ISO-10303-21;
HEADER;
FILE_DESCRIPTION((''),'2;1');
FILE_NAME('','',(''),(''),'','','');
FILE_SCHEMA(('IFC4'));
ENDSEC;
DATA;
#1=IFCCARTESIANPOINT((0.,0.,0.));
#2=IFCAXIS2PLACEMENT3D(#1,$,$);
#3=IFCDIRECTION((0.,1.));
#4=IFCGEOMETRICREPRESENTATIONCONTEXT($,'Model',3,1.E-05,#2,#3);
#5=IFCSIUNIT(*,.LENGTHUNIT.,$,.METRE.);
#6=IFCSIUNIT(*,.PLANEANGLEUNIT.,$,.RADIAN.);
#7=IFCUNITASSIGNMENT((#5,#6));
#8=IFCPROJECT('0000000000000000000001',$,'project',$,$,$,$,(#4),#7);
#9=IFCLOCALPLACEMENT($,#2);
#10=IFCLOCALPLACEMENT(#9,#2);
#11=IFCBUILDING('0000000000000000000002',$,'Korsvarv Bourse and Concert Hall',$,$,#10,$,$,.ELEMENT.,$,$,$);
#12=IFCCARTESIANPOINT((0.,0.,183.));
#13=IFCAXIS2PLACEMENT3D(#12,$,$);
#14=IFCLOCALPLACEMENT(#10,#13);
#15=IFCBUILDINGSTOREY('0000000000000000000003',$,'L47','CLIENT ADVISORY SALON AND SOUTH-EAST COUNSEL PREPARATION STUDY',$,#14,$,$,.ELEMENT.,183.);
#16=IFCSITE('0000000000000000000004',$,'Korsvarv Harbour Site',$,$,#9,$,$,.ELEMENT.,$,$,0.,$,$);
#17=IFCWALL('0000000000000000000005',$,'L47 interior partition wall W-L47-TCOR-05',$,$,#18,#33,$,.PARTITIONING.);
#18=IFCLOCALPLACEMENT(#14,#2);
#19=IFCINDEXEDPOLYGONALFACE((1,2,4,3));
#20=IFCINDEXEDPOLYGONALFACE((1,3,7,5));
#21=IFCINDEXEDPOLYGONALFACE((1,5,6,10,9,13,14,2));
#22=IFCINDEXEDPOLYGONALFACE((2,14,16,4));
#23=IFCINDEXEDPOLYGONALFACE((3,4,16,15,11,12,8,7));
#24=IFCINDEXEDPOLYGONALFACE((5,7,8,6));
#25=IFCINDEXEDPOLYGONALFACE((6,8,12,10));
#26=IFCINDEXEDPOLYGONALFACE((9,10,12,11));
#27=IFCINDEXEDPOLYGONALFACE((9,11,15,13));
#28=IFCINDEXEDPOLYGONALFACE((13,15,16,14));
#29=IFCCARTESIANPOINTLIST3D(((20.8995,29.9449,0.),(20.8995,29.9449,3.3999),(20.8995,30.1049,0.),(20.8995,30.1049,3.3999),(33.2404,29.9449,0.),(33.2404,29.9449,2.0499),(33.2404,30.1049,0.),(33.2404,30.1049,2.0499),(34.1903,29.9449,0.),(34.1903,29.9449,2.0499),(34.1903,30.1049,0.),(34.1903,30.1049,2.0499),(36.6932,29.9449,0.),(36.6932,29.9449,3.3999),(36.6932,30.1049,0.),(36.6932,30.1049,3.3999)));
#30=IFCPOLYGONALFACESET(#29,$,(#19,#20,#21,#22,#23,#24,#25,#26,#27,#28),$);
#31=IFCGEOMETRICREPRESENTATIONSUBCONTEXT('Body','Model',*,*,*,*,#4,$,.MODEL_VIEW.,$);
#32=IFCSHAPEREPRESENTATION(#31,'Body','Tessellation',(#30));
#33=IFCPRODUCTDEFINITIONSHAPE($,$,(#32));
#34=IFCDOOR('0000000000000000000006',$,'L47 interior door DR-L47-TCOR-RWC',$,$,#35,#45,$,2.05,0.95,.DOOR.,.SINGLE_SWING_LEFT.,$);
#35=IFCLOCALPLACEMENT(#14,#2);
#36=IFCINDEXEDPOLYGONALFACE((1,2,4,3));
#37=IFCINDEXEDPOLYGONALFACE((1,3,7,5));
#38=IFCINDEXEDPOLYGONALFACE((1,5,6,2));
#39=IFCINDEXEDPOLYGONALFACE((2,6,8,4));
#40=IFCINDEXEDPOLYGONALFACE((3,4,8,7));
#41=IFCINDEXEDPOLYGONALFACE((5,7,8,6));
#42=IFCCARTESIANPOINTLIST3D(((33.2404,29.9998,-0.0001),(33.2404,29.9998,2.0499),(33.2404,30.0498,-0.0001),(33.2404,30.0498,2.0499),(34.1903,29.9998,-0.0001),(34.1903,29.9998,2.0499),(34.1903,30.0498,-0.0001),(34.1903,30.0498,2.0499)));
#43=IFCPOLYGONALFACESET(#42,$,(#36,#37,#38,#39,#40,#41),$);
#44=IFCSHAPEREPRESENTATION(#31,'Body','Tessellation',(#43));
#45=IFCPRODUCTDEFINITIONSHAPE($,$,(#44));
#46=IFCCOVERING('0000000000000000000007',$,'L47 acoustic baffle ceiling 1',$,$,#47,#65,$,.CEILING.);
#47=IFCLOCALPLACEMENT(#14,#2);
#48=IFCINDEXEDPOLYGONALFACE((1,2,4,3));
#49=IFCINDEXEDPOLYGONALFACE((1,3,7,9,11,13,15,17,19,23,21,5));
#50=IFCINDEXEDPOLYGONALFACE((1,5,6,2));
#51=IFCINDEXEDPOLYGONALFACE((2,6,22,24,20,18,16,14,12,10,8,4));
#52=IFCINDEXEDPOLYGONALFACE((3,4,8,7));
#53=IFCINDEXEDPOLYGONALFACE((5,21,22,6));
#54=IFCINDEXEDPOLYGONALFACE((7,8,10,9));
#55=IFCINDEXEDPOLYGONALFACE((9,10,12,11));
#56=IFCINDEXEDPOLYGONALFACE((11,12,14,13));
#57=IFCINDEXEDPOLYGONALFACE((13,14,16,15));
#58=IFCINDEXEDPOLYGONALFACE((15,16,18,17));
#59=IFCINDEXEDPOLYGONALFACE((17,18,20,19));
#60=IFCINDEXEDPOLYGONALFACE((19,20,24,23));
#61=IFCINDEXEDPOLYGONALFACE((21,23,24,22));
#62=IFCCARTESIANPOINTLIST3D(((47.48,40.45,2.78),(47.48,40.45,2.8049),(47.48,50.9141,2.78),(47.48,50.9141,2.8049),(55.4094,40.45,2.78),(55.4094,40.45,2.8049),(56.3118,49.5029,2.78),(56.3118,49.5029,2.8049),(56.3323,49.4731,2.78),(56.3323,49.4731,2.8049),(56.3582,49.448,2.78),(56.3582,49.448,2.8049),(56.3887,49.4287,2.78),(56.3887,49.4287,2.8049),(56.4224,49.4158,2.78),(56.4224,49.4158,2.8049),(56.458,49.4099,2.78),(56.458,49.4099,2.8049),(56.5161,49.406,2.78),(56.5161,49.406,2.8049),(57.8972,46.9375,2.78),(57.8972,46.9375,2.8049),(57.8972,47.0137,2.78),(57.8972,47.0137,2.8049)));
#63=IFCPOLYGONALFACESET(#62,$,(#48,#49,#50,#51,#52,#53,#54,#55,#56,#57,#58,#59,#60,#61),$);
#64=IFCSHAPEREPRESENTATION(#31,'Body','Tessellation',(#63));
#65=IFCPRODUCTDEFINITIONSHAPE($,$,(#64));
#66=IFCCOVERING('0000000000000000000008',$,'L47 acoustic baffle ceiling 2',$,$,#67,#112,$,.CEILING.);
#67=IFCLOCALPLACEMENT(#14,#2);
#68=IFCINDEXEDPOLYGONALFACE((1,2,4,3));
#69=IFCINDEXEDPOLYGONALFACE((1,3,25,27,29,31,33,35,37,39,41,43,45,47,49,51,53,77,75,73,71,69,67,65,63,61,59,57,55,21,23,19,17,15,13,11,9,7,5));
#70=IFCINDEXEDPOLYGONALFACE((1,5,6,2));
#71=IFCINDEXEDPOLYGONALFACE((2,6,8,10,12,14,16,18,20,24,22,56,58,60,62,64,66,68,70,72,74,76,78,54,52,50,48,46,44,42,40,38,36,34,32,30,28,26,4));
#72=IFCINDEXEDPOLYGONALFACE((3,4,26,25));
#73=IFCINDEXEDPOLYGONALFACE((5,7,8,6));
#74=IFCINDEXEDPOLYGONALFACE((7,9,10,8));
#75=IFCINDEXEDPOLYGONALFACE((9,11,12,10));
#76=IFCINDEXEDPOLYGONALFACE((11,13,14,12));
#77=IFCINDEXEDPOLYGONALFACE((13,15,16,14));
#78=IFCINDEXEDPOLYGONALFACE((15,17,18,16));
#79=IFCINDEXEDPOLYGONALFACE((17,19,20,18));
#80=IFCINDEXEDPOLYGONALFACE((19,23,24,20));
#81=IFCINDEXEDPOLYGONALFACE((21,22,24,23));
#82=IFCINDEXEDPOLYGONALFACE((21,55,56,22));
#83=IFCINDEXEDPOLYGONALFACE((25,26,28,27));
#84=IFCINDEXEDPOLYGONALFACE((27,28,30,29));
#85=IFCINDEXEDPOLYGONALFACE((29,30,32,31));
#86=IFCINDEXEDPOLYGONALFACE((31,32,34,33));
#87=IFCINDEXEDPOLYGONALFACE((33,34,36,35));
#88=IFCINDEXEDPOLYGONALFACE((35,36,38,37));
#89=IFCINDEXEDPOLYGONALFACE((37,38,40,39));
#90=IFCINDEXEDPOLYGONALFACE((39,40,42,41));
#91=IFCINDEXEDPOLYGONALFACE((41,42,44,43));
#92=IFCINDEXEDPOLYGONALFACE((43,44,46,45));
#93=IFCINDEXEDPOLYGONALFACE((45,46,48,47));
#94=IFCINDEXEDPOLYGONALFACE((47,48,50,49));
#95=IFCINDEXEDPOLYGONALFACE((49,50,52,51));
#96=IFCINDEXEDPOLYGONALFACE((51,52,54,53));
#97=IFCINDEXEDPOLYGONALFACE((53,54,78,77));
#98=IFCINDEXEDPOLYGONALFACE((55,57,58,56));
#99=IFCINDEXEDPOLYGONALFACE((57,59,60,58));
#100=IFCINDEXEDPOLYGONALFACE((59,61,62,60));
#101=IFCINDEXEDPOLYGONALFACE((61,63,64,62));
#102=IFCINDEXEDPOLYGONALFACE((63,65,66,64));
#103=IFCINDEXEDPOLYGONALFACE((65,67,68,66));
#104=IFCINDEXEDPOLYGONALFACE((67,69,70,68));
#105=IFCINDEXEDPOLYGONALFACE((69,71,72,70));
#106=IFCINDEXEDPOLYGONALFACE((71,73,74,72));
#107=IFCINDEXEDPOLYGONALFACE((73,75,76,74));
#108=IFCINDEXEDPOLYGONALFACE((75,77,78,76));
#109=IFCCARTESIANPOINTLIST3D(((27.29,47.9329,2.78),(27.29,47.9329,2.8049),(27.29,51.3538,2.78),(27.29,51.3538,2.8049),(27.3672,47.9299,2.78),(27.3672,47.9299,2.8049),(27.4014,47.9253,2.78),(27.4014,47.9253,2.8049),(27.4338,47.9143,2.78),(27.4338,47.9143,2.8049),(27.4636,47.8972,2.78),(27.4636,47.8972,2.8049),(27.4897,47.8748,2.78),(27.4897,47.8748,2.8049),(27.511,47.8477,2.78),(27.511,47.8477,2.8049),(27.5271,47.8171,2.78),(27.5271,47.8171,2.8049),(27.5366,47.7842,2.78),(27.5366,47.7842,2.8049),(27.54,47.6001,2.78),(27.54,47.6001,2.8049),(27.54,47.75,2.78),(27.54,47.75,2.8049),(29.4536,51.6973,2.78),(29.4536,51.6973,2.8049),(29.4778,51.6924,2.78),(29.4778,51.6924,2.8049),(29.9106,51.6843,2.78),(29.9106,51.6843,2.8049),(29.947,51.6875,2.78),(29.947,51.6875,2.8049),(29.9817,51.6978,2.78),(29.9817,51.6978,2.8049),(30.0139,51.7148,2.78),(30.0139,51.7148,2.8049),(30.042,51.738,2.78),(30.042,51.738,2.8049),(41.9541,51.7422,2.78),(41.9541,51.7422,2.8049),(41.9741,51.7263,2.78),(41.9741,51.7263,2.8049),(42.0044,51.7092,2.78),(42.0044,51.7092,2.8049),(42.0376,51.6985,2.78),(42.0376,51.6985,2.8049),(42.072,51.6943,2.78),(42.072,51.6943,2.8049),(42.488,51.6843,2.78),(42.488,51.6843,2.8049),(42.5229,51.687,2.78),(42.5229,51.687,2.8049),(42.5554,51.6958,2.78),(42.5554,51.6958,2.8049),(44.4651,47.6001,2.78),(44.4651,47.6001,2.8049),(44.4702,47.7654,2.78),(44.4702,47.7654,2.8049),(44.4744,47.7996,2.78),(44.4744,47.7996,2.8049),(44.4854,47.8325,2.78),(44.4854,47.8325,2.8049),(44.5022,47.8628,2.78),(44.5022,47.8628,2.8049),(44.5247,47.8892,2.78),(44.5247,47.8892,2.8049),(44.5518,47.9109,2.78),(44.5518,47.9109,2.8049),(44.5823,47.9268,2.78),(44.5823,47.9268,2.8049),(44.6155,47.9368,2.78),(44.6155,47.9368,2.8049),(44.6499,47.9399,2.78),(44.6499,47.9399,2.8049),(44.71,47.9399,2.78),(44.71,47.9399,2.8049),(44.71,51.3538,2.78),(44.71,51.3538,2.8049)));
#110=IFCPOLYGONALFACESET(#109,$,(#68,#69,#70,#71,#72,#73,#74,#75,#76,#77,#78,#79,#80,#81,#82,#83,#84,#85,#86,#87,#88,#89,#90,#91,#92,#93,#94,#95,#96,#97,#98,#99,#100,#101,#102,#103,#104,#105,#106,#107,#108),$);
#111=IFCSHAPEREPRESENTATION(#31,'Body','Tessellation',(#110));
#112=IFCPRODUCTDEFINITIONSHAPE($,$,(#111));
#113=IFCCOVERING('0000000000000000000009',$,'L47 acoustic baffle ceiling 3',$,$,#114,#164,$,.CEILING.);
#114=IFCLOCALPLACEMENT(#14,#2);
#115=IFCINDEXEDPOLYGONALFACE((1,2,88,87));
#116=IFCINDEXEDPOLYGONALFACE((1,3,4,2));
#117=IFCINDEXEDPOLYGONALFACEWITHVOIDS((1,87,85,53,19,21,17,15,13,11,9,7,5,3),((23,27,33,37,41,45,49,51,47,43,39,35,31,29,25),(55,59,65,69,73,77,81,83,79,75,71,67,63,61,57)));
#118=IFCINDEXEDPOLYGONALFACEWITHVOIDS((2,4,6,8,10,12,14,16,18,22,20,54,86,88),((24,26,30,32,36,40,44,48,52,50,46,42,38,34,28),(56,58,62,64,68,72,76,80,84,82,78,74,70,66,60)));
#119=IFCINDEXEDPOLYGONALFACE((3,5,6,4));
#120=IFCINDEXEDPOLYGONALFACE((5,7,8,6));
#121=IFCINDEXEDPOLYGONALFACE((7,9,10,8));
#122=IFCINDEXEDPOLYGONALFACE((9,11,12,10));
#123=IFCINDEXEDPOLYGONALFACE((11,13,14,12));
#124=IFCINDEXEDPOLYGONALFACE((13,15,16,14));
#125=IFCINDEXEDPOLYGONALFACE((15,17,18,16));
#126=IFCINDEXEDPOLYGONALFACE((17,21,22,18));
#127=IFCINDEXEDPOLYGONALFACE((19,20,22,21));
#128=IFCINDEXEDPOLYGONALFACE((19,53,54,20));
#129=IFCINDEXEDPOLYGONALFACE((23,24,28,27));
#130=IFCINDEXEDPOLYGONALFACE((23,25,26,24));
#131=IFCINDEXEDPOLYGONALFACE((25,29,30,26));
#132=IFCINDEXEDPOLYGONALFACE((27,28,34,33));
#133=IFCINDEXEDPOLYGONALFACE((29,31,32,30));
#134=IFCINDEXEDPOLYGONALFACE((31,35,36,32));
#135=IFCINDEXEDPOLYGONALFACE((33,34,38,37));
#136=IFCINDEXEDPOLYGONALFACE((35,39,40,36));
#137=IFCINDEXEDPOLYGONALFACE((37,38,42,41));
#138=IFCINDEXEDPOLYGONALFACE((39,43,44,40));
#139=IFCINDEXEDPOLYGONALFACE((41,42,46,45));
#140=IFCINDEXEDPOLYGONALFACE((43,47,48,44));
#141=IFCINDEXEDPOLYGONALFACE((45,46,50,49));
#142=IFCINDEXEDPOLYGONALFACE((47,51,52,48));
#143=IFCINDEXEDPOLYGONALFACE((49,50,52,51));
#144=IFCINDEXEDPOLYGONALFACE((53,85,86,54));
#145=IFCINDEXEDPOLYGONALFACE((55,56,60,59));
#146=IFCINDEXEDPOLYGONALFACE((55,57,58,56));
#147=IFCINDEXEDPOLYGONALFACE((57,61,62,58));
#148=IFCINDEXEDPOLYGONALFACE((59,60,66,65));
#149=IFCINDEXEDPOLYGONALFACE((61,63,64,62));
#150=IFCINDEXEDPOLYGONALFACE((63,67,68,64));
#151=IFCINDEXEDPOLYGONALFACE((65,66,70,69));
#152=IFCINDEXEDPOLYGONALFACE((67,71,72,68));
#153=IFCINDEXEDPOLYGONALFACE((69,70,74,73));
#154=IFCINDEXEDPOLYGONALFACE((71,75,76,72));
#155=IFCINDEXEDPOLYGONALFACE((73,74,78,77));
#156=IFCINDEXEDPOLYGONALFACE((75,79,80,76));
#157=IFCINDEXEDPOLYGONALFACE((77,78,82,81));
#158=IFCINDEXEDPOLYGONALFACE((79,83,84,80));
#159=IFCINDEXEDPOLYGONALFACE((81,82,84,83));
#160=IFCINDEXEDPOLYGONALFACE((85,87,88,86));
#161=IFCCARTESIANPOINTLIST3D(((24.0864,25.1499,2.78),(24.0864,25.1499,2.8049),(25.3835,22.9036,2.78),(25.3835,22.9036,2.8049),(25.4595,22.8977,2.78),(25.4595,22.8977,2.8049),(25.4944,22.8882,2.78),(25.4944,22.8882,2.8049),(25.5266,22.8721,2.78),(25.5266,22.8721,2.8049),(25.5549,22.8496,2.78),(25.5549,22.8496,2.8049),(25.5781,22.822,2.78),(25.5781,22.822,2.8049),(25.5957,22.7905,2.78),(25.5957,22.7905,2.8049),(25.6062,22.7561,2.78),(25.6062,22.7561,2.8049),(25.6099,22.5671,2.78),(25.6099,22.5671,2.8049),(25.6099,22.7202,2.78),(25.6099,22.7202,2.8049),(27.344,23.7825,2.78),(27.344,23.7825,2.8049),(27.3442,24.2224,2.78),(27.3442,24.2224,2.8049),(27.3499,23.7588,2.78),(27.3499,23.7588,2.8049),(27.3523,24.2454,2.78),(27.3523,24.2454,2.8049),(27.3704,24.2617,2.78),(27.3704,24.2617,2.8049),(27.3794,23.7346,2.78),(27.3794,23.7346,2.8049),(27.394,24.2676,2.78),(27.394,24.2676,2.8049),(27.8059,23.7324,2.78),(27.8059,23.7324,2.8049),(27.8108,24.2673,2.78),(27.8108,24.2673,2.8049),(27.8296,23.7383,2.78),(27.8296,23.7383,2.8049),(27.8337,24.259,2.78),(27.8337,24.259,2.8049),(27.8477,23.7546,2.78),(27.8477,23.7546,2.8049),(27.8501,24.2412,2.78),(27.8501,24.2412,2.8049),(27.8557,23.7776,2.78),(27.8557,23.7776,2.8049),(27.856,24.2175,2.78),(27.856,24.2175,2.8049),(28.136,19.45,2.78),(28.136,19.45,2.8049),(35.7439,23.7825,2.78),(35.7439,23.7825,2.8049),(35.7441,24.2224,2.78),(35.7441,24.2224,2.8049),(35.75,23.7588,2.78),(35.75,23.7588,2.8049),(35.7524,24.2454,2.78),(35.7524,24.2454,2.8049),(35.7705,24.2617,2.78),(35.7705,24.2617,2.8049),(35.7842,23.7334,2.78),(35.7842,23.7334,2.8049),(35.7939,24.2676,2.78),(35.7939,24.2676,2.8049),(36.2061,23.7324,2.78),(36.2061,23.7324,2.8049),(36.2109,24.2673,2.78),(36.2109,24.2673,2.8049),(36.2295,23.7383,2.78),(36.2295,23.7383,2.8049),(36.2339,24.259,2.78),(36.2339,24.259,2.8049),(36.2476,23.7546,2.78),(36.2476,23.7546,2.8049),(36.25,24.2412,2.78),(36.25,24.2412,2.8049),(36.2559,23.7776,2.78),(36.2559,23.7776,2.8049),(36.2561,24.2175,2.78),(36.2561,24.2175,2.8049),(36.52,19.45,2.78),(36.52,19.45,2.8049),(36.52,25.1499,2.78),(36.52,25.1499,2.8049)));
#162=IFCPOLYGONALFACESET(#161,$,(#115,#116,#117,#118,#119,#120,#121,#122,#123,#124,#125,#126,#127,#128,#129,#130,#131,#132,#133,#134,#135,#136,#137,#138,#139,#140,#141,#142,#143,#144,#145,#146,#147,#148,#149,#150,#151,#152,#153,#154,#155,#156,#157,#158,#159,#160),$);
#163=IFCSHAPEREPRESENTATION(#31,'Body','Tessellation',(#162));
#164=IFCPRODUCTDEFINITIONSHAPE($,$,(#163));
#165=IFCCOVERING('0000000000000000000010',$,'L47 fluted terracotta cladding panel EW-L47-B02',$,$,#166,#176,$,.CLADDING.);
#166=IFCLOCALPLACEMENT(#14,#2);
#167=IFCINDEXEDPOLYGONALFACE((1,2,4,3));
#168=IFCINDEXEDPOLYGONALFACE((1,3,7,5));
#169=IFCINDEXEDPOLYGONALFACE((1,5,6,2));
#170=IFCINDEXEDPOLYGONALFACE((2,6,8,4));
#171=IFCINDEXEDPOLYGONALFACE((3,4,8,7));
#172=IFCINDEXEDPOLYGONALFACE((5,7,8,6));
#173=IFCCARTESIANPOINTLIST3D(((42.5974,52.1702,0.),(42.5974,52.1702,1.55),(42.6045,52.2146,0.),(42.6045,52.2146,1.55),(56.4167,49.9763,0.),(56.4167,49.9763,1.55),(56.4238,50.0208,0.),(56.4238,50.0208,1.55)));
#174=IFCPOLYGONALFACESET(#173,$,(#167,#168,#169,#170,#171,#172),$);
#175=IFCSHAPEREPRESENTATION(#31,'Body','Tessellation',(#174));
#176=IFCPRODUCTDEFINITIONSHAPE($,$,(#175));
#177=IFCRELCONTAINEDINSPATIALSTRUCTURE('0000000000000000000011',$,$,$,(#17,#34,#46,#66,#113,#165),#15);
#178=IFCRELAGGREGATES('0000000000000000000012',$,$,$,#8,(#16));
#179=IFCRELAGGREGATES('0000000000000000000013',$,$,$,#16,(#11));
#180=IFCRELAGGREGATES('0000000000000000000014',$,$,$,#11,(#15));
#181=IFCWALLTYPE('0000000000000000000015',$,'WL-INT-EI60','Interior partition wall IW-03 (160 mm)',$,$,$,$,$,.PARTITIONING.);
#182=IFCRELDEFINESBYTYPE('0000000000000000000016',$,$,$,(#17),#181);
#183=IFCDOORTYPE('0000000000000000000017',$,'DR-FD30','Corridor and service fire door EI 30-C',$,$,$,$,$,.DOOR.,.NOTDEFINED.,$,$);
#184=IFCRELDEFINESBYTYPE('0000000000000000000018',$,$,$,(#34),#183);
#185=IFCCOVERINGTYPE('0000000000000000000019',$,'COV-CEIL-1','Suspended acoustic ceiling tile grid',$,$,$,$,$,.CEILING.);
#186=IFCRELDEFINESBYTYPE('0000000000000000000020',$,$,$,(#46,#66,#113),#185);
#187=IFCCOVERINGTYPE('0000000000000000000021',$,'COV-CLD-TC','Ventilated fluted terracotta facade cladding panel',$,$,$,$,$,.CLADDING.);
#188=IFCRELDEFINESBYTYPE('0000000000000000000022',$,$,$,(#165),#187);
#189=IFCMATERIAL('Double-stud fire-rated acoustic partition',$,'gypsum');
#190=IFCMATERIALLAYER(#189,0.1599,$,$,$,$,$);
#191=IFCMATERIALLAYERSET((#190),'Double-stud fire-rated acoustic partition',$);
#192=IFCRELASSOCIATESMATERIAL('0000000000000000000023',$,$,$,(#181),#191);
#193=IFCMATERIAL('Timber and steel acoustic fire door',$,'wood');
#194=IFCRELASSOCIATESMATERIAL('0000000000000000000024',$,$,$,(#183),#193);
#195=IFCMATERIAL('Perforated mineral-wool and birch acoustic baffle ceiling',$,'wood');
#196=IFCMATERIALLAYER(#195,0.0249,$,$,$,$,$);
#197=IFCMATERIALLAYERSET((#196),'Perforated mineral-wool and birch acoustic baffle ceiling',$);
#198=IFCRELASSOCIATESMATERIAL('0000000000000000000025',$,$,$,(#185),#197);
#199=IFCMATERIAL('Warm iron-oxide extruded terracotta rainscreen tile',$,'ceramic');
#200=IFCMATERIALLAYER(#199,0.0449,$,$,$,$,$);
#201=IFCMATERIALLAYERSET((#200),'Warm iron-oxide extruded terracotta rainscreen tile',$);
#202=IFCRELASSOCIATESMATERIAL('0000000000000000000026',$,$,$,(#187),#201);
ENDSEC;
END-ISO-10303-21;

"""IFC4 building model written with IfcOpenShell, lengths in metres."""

from ifc_helpers import new_model, si_unit, direction, frame, frame_2d, origin, place, context, subcontext, project, spatial, polyline, rectangle, outline, extrude, material, layer, layer_set, type_object, element, fill, save


model = new_model("IFC4")

# Units and contexts
model_context = context("Model", 3, precision=1e-05, world=origin(), true_north=direction((0.0, 1.0)))
body_context = subcontext(model_context, "Body", "Model", "MODEL_VIEW")
ifc_project = project(units=[si_unit("LENGTHUNIT", "METRE"), si_unit("PLANEANGLEUNIT", "RADIAN")], contexts=[model_context])

# Site, building, storey
site_placement = place(None, origin())
site = spatial("IfcSite", under=ifc_project, at=site_placement, Name="Korsvarv Harbour Site", CompositionType="ELEMENT", RefElevation=0.0)
building_placement = place(site_placement, origin())
building = spatial("IfcBuilding", under=site, at=building_placement, Name="Korsvarv Bourse and Concert Hall", CompositionType="ELEMENT")
storey_placement = place(building_placement, frame((0.0, 0.0, 183.0)))
storey = spatial("IfcBuildingStorey", under=building, at=storey_placement, Name="L47", Description="CLIENT ADVISORY SALON AND SOUTH-EAST COUNSEL PREPARATION STUDY", CompositionType="ELEMENT", Elevation=183.0)

# Wall, opening, door
ifc_material_1 = material(Name="Double-stud fire-rated acoustic partition", Category="gypsum")
ifc_layer_1 = layer(ifc_material_1, 0.1599)
ifc_layer_set_1 = layer_set([ifc_layer_1], Name="Double-stud fire-rated acoustic partition")
wall_type = type_object("IfcWallType", Name="WL-INT-EI60", Description="Interior partition wall IW-03 (160 mm)", PredefinedType="PARTITIONING", material=ifc_layer_set_1)
wall_placement = place(storey_placement, frame((20.8994, 30.0249, 0.0), z_axis=(0.0, 0.0, 1.0), x_axis=(1.0, 0.0, 0.0)))
wall = element("IfcWall", 1, at=wall_placement, inside=storey, type_object=wall_type, Name="L47 interior partition wall W-L47-TCOR-05", PredefinedType="PARTITIONING", context=body_context, shape_type="SweptSolid", body=[
    extrude(rectangle(XDim=15.7937, YDim=0.1599, at=frame_2d((7.897, 0.0))), origin(), (0.0, 0.0, 1.0), 3.3999),
])
opening_placement = place(wall_placement, frame((12.3408, 0.0, 0.0)))
opening = element("IfcOpeningElement", 2, at=opening_placement, cuts=wall, PredefinedType="OPENING", context=body_context, shape_type="SweptSolid", body=[
    extrude(rectangle(XDim=0.95, YDim=2.05, at=frame_2d((0.4751, 1.0249))), frame((0.0, 0.0898, 0.0), z_axis=(0.0, -1.0, 0.0), x_axis=(1.0, 0.0, 0.0)), (0.0, 0.0, 1.0), 0.1799),
])
ifc_material_2 = material(Name="Timber and steel acoustic fire door", Category="wood")
door_type = type_object("IfcDoorType", Name="DR-FD30", Description="Corridor and service fire door EI 30-C", OperationType="NOTDEFINED", PredefinedType="DOOR", material=ifc_material_2)
door_placement = place(opening_placement, origin())
door = element("IfcDoor", 3, at=door_placement, inside=storey, type_object=door_type, Name="L47 interior door DR-L47-TCOR-RWC", OperationType="SINGLE_SWING_LEFT", OverallHeight=2.05, OverallWidth=0.95, PredefinedType="DOOR", context=body_context, shape_type="SweptSolid", body=[
    extrude(rectangle(XDim=0.95, YDim=2.05, at=frame_2d((0.4751, 1.0249))), frame((0.0, 0.0249, 0.0), z_axis=(0.0, -1.0, 0.0), x_axis=(1.0, 0.0, 0.0)), (0.0, 0.0, 1.0), 0.05),
])
fill(opening, door)

# Coverings
ifc_material_3 = material(Name="Perforated mineral-wool and birch acoustic baffle ceiling", Category="wood")
ifc_layer_2 = layer(ifc_material_3, 0.0249)
ifc_layer_set_2 = layer_set([ifc_layer_2], Name="Perforated mineral-wool and birch acoustic baffle ceiling")
covering_type_1 = type_object("IfcCoveringType", Name="COV-CEIL-1", Description="Suspended acoustic ceiling tile grid", PredefinedType="CEILING", material=ifc_layer_set_2)
covering_1_placement = place(storey_placement, frame((0.0, 0.0, 2.78)))
element("IfcCovering", 4, at=covering_1_placement, inside=storey, type_object=covering_type_1, Name="L47 acoustic baffle ceiling 1", PredefinedType="CEILING", context=body_context, shape_type="SweptSolid", body=[
    extrude(outline(polyline([(56.3118, 49.5029), (56.3323, 49.4731), (56.3582, 49.448), (56.3887, 49.4287), (56.4224, 49.4158), (56.458, 49.4099), (56.5161, 49.406), (57.8972, 47.0137), (57.8972, 46.9375), (55.4094, 40.45), (47.48, 40.45), (47.48, 50.9141), (56.3118, 49.5029)])), origin(), (0.0, 0.0, 1.0), 0.0249),
])
covering_2_placement = place(storey_placement, frame((0.0, 0.0, 2.78)))
element("IfcCovering", 5, at=covering_2_placement, inside=storey, type_object=covering_type_1, Name="L47 acoustic baffle ceiling 2", PredefinedType="CEILING", context=body_context, shape_type="SweptSolid", body=[
    extrude(outline(polyline([(29.4536, 51.6973), (29.4778, 51.6924), (29.9106, 51.6843), (29.947, 51.6875), (29.9817, 51.6978), (30.0139, 51.7148), (30.042, 51.738), (41.9541, 51.7422), (41.9741, 51.7263), (42.0044, 51.7092), (42.0376, 51.6985), (42.072, 51.6943), (42.488, 51.6843), (42.5229, 51.687), (42.5554, 51.6958), (44.71, 51.3538), (44.71, 47.9399), (44.6499, 47.9399), (44.6155, 47.9368), (44.5823, 47.9268), (44.5518, 47.9109), (44.5247, 47.8892), (44.5022, 47.8628), (44.4854, 47.8325), (44.4744, 47.7996), (44.4702, 47.7654), (44.4651, 47.6001), (27.54, 47.6001), (27.54, 47.75), (27.5366, 47.7842), (27.5271, 47.8171), (27.511, 47.8477), (27.4897, 47.8748), (27.4636, 47.8972), (27.4338, 47.9143), (27.4014, 47.9253), (27.3672, 47.9299), (27.29, 47.9329), (27.29, 51.3538), (29.4536, 51.6973)])), origin(), (0.0, 0.0, 1.0), 0.0249),
])
covering_3_placement = place(storey_placement, frame((0.0, 0.0, 2.78)))
element("IfcCovering", 6, at=covering_3_placement, inside=storey, type_object=covering_type_1, Name="L47 acoustic baffle ceiling 3", PredefinedType="CEILING", context=body_context, shape_type="SweptSolid", body=[
    extrude(outline(polyline([(28.136, 19.45), (25.6099, 22.5671), (25.6099, 22.7202), (25.6062, 22.7561), (25.5957, 22.7905), (25.5781, 22.822), (25.5549, 22.8496), (25.5266, 22.8721), (25.4944, 22.8882), (25.4595, 22.8977), (25.3835, 22.9036), (24.0864, 25.1499), (36.52, 25.1499), (36.52, 19.45), (28.136, 19.45)]), holes=[polyline([(27.3794, 23.7346), (27.8059, 23.7324), (27.8296, 23.7383), (27.8477, 23.7546), (27.8557, 23.7776), (27.856, 24.2175), (27.8501, 24.2412), (27.8337, 24.259), (27.8108, 24.2673), (27.394, 24.2676), (27.3704, 24.2617), (27.3523, 24.2454), (27.3442, 24.2224), (27.344, 23.7825), (27.3499, 23.7588), (27.3794, 23.7346)]), polyline([(35.7842, 23.7334), (36.2061, 23.7324), (36.2295, 23.7383), (36.2476, 23.7546), (36.2559, 23.7776), (36.2561, 24.2175), (36.25, 24.2412), (36.2339, 24.259), (36.2109, 24.2673), (35.7939, 24.2676), (35.7705, 24.2617), (35.7524, 24.2454), (35.7441, 24.2224), (35.7439, 23.7825), (35.75, 23.7588), (35.7842, 23.7334)])]), origin(), (0.0, 0.0, 1.0), 0.0249),
])
ifc_material_4 = material(Name="Warm iron-oxide extruded terracotta rainscreen tile", Category="ceramic")
ifc_layer_3 = layer(ifc_material_4, 0.0449)
ifc_layer_set_3 = layer_set([ifc_layer_3], Name="Warm iron-oxide extruded terracotta rainscreen tile")
covering_type_2 = type_object("IfcCoveringType", Name="COV-CLD-TC", Description="Ventilated fluted terracotta facade cladding panel", PredefinedType="CLADDING", material=ifc_layer_set_3)
covering_4_placement = place(storey_placement, origin())
element("IfcCovering", 7, at=covering_4_placement, inside=storey, type_object=covering_type_2, Name="L47 fluted terracotta cladding panel EW-L47-B02", PredefinedType="CLADDING", context=body_context, shape_type="SweptSolid", body=[
    extrude(outline(polyline([(56.4167, 49.9763), (42.5974, 52.1702), (42.6045, 52.2146), (56.4238, 50.0208), (56.4167, 49.9763)])), origin(), (0.0, 0.0, 1.0), 1.55),
])

save(model, "model.ifc")
